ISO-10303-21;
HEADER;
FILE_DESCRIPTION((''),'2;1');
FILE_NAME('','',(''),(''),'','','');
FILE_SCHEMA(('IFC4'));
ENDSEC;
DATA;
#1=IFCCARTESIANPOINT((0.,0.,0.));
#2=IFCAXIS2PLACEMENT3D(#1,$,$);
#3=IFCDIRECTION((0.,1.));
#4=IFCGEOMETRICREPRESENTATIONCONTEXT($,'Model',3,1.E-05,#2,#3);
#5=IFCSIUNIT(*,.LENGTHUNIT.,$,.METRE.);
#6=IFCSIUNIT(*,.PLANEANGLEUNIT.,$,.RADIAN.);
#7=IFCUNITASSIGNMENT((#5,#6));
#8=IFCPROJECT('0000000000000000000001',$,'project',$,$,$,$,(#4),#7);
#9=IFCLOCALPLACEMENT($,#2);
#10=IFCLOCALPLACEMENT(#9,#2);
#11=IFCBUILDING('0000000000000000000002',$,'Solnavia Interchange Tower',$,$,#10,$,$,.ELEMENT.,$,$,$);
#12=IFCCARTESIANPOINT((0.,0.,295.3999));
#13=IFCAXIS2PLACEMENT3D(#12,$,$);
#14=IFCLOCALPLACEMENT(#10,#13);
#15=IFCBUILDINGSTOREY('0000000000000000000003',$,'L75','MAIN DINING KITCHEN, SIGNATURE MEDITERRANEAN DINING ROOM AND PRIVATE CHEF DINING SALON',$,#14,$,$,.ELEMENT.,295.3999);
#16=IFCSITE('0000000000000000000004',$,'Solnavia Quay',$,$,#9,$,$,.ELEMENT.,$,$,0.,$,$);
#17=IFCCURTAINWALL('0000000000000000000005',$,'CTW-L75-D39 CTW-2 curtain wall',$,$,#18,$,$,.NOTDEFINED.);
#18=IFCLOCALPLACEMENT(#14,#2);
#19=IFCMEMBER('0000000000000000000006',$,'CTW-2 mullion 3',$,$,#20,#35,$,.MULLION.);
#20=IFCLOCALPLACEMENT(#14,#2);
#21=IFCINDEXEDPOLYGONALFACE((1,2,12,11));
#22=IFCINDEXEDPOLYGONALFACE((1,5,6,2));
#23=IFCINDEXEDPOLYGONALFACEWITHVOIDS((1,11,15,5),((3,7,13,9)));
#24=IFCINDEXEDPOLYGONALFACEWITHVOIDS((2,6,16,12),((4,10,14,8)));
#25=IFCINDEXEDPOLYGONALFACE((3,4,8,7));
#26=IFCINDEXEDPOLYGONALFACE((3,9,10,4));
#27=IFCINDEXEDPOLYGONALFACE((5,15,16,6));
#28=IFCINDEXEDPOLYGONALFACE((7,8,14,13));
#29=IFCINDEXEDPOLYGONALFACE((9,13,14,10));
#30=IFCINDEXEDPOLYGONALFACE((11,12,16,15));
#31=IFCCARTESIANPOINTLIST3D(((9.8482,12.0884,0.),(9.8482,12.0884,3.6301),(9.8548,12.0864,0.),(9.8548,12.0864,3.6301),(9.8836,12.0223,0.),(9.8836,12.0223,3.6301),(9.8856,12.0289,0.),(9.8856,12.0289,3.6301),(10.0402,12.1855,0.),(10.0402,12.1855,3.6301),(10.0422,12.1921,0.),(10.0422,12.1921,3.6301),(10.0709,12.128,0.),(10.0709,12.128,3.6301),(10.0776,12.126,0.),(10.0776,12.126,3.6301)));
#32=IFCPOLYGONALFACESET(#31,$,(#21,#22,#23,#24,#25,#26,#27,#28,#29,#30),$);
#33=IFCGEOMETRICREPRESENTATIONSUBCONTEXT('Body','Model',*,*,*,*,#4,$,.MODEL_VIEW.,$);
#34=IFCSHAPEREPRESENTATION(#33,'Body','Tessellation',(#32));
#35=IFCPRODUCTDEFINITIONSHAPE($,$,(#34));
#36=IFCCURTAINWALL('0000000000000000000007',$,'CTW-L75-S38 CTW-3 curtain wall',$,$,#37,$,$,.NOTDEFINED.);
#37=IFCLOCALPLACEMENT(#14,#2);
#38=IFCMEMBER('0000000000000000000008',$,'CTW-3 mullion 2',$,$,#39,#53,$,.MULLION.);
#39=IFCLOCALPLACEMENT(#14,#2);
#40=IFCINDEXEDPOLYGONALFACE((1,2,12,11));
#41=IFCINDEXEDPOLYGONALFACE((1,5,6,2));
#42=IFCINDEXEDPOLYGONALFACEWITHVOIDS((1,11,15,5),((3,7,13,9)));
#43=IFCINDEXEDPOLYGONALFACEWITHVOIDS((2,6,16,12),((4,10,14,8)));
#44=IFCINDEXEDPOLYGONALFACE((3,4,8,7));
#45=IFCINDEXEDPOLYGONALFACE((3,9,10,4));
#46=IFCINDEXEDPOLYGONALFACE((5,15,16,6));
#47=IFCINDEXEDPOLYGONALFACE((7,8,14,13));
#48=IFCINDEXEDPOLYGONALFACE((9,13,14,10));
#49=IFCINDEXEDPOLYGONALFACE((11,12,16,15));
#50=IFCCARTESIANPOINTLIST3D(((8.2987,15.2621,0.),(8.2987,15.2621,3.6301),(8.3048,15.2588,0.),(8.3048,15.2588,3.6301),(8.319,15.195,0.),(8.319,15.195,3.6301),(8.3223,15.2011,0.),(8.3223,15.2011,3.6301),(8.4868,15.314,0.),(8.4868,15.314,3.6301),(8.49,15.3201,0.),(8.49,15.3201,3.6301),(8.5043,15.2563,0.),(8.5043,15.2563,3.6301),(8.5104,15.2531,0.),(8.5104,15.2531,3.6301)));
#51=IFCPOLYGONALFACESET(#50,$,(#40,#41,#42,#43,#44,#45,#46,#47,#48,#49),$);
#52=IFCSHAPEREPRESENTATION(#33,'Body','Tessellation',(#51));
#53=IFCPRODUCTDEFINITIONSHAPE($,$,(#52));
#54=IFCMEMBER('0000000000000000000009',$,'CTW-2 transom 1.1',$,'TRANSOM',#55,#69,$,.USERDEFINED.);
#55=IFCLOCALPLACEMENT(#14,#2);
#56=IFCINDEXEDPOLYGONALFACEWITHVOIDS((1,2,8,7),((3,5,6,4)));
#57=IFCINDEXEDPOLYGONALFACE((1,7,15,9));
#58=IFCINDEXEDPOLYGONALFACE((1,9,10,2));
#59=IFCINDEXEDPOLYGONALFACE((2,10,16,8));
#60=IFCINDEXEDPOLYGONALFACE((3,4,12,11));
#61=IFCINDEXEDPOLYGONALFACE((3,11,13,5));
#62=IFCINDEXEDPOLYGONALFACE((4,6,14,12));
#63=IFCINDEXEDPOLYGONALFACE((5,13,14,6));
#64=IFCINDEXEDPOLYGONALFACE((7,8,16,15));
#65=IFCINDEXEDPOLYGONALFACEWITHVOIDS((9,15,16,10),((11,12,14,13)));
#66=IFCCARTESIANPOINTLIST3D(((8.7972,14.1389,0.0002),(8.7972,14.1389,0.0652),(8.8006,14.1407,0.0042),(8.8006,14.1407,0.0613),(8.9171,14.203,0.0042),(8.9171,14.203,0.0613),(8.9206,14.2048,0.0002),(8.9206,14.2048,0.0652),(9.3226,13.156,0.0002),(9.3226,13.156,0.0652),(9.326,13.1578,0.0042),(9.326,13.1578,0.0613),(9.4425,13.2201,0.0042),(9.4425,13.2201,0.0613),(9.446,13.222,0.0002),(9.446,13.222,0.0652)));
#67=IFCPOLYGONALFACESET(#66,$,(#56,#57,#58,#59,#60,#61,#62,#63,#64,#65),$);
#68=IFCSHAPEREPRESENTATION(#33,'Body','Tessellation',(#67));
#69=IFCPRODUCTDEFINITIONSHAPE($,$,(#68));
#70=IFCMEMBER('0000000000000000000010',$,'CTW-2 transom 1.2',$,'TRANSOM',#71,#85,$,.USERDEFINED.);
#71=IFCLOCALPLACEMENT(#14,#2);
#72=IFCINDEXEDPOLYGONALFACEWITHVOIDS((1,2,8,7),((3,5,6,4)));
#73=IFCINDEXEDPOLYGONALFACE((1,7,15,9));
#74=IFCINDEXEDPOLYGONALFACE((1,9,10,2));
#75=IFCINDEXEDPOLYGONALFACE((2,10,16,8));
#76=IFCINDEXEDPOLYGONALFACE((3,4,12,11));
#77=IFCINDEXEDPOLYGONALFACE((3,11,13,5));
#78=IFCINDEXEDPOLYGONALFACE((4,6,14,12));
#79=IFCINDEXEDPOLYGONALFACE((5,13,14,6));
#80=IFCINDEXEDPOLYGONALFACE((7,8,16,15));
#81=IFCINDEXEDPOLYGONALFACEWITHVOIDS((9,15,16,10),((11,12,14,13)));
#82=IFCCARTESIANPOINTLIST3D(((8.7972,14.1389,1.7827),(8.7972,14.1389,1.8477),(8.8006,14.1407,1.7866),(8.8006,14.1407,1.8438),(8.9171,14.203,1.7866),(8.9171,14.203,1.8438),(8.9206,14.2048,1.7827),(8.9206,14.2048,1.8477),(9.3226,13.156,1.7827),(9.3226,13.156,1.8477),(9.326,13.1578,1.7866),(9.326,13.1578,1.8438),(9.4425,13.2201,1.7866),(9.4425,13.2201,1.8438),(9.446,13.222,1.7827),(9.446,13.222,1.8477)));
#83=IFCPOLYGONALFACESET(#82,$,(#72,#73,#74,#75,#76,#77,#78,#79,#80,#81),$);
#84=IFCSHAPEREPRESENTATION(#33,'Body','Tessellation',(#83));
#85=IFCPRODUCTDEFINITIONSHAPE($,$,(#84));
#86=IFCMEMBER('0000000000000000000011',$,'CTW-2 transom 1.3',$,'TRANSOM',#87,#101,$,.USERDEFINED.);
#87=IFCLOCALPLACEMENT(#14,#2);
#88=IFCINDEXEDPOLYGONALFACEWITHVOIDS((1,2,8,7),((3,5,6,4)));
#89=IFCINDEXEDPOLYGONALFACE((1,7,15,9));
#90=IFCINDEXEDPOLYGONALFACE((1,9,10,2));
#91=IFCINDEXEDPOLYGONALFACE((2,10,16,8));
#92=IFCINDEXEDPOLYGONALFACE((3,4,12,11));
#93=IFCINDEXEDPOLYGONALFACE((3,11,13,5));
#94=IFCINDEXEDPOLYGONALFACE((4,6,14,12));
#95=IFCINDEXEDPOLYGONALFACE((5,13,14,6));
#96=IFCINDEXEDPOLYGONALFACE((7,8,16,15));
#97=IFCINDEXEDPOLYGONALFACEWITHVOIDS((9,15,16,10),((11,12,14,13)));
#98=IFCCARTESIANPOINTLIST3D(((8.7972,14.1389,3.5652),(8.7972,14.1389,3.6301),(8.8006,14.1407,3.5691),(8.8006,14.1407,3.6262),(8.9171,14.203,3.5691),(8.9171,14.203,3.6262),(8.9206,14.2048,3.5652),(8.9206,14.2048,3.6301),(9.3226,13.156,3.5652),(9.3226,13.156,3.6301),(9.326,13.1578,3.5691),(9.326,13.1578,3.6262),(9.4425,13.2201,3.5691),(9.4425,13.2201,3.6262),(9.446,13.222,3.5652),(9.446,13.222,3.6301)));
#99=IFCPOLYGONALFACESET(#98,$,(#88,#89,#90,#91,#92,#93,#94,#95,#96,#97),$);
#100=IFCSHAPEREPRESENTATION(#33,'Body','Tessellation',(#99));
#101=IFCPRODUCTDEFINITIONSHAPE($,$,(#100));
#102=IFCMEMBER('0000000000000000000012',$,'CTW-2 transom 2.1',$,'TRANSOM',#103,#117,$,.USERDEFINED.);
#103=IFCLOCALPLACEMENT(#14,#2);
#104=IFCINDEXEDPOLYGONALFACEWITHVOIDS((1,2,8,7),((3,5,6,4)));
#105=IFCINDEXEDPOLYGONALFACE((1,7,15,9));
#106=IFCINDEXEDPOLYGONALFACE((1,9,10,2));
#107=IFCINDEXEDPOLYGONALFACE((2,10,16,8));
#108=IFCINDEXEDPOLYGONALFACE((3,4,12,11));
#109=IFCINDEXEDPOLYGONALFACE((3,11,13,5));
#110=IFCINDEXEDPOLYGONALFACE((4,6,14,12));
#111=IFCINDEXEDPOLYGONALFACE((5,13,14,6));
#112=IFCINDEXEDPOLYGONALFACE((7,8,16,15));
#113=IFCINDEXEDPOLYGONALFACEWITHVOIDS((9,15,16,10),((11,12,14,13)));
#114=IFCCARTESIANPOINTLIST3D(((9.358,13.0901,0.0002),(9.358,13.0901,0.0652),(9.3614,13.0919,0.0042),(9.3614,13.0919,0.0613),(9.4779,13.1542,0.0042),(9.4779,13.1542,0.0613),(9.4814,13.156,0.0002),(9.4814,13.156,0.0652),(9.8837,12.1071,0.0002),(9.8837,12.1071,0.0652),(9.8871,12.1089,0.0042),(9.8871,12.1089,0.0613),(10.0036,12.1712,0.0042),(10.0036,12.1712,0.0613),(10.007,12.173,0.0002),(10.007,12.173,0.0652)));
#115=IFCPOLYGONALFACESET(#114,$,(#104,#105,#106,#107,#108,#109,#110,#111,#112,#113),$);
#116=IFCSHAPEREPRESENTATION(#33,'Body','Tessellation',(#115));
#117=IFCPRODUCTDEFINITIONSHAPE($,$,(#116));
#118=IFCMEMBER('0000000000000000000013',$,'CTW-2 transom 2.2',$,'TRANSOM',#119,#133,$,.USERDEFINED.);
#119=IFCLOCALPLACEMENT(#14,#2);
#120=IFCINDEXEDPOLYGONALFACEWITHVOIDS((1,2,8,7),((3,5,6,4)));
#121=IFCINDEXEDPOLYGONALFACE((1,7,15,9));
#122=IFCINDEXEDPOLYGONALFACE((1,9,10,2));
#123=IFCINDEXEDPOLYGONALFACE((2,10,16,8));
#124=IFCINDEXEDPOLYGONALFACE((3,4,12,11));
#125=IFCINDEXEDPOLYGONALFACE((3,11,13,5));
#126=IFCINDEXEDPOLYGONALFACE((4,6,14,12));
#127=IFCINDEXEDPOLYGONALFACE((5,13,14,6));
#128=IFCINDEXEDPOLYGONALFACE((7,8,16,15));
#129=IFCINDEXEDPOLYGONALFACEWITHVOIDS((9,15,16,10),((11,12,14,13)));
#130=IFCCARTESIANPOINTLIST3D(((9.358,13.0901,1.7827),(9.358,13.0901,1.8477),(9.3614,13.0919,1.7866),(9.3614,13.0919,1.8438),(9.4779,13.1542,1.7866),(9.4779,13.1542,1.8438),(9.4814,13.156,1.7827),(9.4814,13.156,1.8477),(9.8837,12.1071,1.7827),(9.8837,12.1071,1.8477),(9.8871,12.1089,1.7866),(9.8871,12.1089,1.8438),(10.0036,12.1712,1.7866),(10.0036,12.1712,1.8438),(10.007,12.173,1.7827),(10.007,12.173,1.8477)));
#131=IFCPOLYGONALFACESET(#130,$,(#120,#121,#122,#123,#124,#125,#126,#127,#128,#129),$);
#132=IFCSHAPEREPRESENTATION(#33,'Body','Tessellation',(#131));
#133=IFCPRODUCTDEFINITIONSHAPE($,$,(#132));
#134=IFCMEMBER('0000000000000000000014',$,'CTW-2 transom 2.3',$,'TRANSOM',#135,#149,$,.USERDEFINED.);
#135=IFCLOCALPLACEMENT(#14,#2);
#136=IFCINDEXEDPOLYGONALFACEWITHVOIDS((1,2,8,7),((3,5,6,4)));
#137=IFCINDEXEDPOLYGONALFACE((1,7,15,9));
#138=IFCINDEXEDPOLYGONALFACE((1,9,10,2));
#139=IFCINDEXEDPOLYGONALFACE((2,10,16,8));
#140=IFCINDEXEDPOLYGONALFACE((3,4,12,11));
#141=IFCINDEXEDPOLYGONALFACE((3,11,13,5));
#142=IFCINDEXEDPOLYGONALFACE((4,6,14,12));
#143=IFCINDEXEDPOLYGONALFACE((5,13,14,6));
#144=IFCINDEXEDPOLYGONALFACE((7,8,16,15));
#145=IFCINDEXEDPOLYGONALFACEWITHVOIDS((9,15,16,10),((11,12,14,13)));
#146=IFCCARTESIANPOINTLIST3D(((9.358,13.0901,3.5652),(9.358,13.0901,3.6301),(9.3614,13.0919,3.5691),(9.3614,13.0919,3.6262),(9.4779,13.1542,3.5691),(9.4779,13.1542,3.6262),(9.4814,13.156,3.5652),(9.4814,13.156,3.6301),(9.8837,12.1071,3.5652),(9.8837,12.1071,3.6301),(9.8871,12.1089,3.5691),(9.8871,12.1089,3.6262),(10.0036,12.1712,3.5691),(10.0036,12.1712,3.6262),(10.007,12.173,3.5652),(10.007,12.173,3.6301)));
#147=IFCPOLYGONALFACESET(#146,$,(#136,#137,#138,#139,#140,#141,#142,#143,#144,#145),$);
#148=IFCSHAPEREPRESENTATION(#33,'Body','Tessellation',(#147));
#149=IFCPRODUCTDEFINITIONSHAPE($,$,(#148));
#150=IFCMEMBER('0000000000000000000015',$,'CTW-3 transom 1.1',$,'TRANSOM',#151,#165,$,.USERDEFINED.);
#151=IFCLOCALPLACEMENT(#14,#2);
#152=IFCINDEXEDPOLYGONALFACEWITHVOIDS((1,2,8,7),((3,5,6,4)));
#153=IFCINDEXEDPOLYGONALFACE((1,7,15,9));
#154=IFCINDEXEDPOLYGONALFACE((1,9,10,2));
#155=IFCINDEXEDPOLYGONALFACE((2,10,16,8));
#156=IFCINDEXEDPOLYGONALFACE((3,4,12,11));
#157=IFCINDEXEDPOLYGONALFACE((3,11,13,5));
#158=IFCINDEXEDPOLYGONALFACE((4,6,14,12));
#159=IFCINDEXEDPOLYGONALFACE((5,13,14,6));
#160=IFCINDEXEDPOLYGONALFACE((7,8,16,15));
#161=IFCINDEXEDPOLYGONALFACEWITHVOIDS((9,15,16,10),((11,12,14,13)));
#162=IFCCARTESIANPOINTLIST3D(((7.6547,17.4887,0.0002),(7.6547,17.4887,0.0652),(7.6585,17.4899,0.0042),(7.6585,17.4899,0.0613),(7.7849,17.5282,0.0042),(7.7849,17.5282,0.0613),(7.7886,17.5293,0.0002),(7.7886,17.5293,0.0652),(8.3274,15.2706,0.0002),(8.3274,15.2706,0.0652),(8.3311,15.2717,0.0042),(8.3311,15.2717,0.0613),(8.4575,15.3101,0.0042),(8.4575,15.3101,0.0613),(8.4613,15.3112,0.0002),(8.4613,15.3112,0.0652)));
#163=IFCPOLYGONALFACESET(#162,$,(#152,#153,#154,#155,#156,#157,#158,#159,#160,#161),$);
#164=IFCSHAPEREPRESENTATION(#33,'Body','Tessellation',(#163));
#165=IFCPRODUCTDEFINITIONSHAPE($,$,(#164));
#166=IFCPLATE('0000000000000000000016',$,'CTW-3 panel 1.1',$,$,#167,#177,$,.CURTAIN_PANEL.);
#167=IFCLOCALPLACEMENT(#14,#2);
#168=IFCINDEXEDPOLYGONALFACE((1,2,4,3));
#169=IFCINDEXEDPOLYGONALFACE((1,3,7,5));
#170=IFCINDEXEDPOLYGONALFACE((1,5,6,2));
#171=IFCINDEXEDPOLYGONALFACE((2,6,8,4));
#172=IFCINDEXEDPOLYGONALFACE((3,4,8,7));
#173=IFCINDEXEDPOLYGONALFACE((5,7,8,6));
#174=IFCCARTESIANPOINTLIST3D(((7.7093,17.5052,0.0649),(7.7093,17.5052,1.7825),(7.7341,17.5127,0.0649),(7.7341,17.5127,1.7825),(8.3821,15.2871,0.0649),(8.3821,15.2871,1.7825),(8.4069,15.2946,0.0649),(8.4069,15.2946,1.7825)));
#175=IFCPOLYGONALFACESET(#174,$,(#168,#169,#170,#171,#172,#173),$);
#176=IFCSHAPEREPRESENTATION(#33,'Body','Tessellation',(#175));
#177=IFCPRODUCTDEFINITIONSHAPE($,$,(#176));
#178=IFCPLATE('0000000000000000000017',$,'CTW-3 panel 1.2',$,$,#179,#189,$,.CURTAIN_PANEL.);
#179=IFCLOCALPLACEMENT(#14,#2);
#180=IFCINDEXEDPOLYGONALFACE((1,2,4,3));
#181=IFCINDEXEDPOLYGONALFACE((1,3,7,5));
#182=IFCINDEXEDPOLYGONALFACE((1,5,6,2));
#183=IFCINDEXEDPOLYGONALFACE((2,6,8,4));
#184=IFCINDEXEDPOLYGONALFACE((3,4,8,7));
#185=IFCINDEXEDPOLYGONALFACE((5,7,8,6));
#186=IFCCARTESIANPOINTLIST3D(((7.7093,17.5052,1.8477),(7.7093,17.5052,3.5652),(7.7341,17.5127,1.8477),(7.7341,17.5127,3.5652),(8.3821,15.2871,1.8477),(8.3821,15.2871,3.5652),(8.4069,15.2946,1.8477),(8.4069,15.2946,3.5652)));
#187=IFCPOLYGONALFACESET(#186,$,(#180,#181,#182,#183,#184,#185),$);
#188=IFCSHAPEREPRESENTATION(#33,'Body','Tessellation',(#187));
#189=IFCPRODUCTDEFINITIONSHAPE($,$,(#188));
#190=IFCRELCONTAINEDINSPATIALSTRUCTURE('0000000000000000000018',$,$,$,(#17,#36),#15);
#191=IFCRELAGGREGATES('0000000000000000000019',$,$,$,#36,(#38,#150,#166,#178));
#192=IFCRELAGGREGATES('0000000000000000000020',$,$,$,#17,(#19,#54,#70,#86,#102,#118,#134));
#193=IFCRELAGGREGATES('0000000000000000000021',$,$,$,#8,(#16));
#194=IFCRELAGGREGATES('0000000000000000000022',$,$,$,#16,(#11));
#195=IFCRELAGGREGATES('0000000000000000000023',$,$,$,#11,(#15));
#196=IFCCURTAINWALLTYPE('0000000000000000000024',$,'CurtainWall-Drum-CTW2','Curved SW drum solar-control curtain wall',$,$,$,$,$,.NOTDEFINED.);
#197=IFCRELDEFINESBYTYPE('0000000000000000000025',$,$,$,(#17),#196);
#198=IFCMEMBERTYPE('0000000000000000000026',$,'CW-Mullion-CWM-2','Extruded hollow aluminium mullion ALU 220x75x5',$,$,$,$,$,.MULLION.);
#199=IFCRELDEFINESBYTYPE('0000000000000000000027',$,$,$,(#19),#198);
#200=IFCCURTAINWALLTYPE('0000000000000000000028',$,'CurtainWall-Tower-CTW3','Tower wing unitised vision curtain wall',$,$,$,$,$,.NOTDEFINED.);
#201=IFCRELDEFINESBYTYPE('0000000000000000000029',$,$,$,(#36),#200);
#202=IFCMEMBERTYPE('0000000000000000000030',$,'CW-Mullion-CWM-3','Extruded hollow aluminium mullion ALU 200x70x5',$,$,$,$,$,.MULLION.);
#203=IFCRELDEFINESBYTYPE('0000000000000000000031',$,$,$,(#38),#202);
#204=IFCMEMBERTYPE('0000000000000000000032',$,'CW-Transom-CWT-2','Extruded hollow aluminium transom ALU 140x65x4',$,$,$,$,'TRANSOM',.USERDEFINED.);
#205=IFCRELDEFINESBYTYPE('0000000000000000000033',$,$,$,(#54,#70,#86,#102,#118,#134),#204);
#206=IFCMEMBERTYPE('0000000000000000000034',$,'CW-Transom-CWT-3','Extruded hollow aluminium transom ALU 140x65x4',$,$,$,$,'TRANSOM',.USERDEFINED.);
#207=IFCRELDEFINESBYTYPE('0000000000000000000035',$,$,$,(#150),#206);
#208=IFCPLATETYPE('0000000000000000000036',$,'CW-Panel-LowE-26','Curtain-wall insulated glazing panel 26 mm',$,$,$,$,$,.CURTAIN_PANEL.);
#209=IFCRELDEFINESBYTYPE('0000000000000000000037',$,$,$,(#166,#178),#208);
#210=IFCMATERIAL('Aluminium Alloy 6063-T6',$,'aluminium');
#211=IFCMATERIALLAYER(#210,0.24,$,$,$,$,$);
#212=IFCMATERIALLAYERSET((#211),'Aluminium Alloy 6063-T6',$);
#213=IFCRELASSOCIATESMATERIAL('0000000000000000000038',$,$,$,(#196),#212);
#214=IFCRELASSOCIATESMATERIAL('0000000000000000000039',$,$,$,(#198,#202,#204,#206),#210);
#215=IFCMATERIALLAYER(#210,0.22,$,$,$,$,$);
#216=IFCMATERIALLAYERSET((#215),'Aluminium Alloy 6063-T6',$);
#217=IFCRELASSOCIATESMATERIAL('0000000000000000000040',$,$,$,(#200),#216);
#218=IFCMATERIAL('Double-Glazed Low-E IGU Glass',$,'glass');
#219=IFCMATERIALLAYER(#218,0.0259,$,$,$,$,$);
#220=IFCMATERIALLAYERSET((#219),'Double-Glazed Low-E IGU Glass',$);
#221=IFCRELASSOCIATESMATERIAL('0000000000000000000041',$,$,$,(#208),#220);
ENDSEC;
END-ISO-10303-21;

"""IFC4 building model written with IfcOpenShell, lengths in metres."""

from ifc_helpers import new_model, si_unit, direction, frame, origin, origin_2d, place, context, subcontext, project, spatial, rectangle, hollow_rectangle, extrude, material, layer, layer_set, material_profile, profile_set, type_object, element, aggregate, save


model = new_model("IFC4")

# Units and contexts
model_context = context("Model", 3, precision=1e-05, world=origin(), true_north=direction((0.0, 1.0)))
body_context = subcontext(model_context, "Body", "Model", "MODEL_VIEW")
ifc_project = project(units=[si_unit("LENGTHUNIT", "METRE"), si_unit("PLANEANGLEUNIT", "RADIAN")], contexts=[model_context])

# Site, building, storey
site_placement = place(None, origin())
site = spatial("IfcSite", under=ifc_project, at=site_placement, Name="Solnavia Quay", CompositionType="ELEMENT", RefElevation=0.0)
building_placement = place(site_placement, origin())
building = spatial("IfcBuilding", under=site, at=building_placement, Name="Solnavia Interchange Tower", CompositionType="ELEMENT")
storey_placement = place(building_placement, frame((0.0, 0.0, 295.3999)))
storey = spatial("IfcBuildingStorey", under=building, at=storey_placement, Name="L75", Description="MAIN DINING KITCHEN, SIGNATURE MEDITERRANEAN DINING ROOM AND PRIVATE CHEF DINING SALON", CompositionType="ELEMENT", Elevation=295.3999)

# Curtain wall, member
ifc_material_1 = material(Name="Aluminium Alloy 6063-T6", Category="aluminium")
ifc_layer_1 = layer(ifc_material_1, 0.24)
ifc_layer_set_1 = layer_set([ifc_layer_1], Name="Aluminium Alloy 6063-T6")
curtain_wall_type_1 = type_object("IfcCurtainWallType", Name="CurtainWall-Drum-CTW2", Description="Curved SW drum solar-control curtain wall", PredefinedType="NOTDEFINED", material=ifc_layer_set_1)
curtain_wall_1_placement = place(storey_placement, origin())
curtain_wall_1 = element("IfcCurtainWall", 1, at=curtain_wall_1_placement, inside=storey, type_object=curtain_wall_type_1, Name="CTW-L75-D39 CTW-2 curtain wall", PredefinedType="NOTDEFINED")
ifc_material_profile_1 = material_profile(ifc_material_1, hollow_rectangle(XDim=0.075, YDim=0.22, WallThickness=0.0049, at=origin_2d()), Name="ALU 220x75x5")
ifc_profile_set_1 = profile_set([ifc_material_profile_1], Name="Aluminium Alloy 6063-T6")
member_type_1 = type_object("IfcMemberType", Name="CW-Mullion-CWM-2", Description="Extruded hollow aluminium mullion ALU 220x75x5", PredefinedType="MULLION", material=ifc_profile_set_1)
member_1_placement = place(storey_placement, frame((9.9629, 12.1072, 0.0), z_axis=(0.0, 0.0, 1.0), x_axis=(0.471561, -0.881834, 0.0)))
member_1 = element("IfcMember", 2, at=member_1_placement, type_object=member_type_1, Name="CTW-2 mullion 3", PredefinedType="MULLION", context=body_context, shape_type="SweptSolid", body=[
    extrude(hollow_rectangle(XDim=0.075, YDim=0.22, WallThickness=0.0049, at=origin_2d()), origin(), (0.0, 0.0, 1.0), 3.6301),
])

# Curtain wall, member
ifc_layer_2 = layer(ifc_material_1, 0.22)
ifc_layer_set_2 = layer_set([ifc_layer_2], Name="Aluminium Alloy 6063-T6")
curtain_wall_type_2 = type_object("IfcCurtainWallType", Name="CurtainWall-Tower-CTW3", Description="Tower wing unitised vision curtain wall", PredefinedType="NOTDEFINED", material=ifc_layer_set_2)
curtain_wall_2_placement = place(storey_placement, origin())
curtain_wall_2 = element("IfcCurtainWall", 3, at=curtain_wall_2_placement, inside=storey, type_object=curtain_wall_type_2, Name="CTW-L75-S38 CTW-3 curtain wall", PredefinedType="NOTDEFINED")
ifc_material_profile_2 = material_profile(ifc_material_1, hollow_rectangle(XDim=0.0701, YDim=0.2, WallThickness=0.0049, at=origin_2d()), Name="ALU 200x70x5")
ifc_profile_set_2 = profile_set([ifc_material_profile_2], Name="Aluminium Alloy 6063-T6")
member_type_2 = type_object("IfcMemberType", Name="CW-Mullion-CWM-3", Description="Extruded hollow aluminium mullion ALU 200x70x5", PredefinedType="MULLION", material=ifc_profile_set_2)
member_2_placement = place(storey_placement, frame((8.4045, 15.2576, 0.0), z_axis=(0.0, 0.0, 1.0), x_axis=(0.290258, -0.956948, 0.0)))
member_2 = element("IfcMember", 4, at=member_2_placement, type_object=member_type_2, Name="CTW-3 mullion 2", PredefinedType="MULLION", context=body_context, shape_type="SweptSolid", body=[
    extrude(hollow_rectangle(XDim=0.0701, YDim=0.2, WallThickness=0.0049, at=origin_2d()), origin(), (0.0, 0.0, 1.0), 3.6301),
])

# Members
ifc_material_profile_3 = material_profile(ifc_material_1, hollow_rectangle(XDim=0.0649, YDim=0.1399, WallThickness=0.0039, at=origin_2d()), Name="ALU 140x65x4")
ifc_profile_set_3 = profile_set([ifc_material_profile_3], Name="Aluminium Alloy 6063-T6")
member_type_3 = type_object("IfcMemberType", Name="CW-Transom-CWT-2", Description="Extruded hollow aluminium transom ALU 140x65x4", ElementType="TRANSOM", PredefinedType="USERDEFINED", material=ifc_profile_set_3)
member_3_placement = place(storey_placement, frame((8.8589, 14.1719, 0.0327), z_axis=(0.471407, -0.881916, 0.0), x_axis=(0.0, 0.0, 1.0)))
member_3 = element("IfcMember", 5, at=member_3_placement, type_object=member_type_3, Name="CTW-2 transom 1.1", ObjectType="TRANSOM", PredefinedType="USERDEFINED", context=body_context, shape_type="SweptSolid", body=[
    extrude(hollow_rectangle(XDim=0.0649, YDim=0.1399, WallThickness=0.0039, at=origin_2d()), origin(), (0.0, 0.0, 1.0), 1.1145),
])
member_4_placement = place(storey_placement, frame((8.8589, 14.1719, 1.8152), z_axis=(0.471407, -0.881916, 0.0), x_axis=(0.0, 0.0, 1.0)))
member_4 = element("IfcMember", 6, at=member_4_placement, type_object=member_type_3, Name="CTW-2 transom 1.2", ObjectType="TRANSOM", PredefinedType="USERDEFINED", context=body_context, shape_type="SweptSolid", body=[
    extrude(hollow_rectangle(XDim=0.0649, YDim=0.1399, WallThickness=0.0039, at=origin_2d()), origin(), (0.0, 0.0, 1.0), 1.1145),
])
member_5_placement = place(storey_placement, frame((8.8589, 14.1719, 3.5977), z_axis=(0.471407, -0.881916, 0.0), x_axis=(0.0, 0.0, 1.0)))
member_5 = element("IfcMember", 7, at=member_5_placement, type_object=member_type_3, Name="CTW-2 transom 1.3", ObjectType="TRANSOM", PredefinedType="USERDEFINED", context=body_context, shape_type="SweptSolid", body=[
    extrude(hollow_rectangle(XDim=0.0649, YDim=0.1399, WallThickness=0.0039, at=origin_2d()), origin(), (0.0, 0.0, 1.0), 1.1145),
])
member_6_placement = place(storey_placement, frame((9.4197, 13.123, 0.0327), z_axis=(0.471577, -0.881825, 0.0), x_axis=(0.0, 0.0, 1.0)))
member_6 = element("IfcMember", 8, at=member_6_placement, type_object=member_type_3, Name="CTW-2 transom 2.1", ObjectType="TRANSOM", PredefinedType="USERDEFINED", context=body_context, shape_type="SweptSolid", body=[
    extrude(hollow_rectangle(XDim=0.0649, YDim=0.1399, WallThickness=0.0039, at=origin_2d()), origin(), (0.0, 0.0, 1.0), 1.1147),
])
member_7_placement = place(storey_placement, frame((9.4197, 13.123, 1.8152), z_axis=(0.471577, -0.881825, 0.0), x_axis=(0.0, 0.0, 1.0)))
member_7 = element("IfcMember", 9, at=member_7_placement, type_object=member_type_3, Name="CTW-2 transom 2.2", ObjectType="TRANSOM", PredefinedType="USERDEFINED", context=body_context, shape_type="SweptSolid", body=[
    extrude(hollow_rectangle(XDim=0.0649, YDim=0.1399, WallThickness=0.0039, at=origin_2d()), origin(), (0.0, 0.0, 1.0), 1.1147),
])
member_8_placement = place(storey_placement, frame((9.4197, 13.123, 3.5977), z_axis=(0.471577, -0.881825, 0.0), x_axis=(0.0, 0.0, 1.0)))
member_8 = element("IfcMember", 10, at=member_8_placement, type_object=member_type_3, Name="CTW-2 transom 2.3", ObjectType="TRANSOM", PredefinedType="USERDEFINED", context=body_context, shape_type="SweptSolid", body=[
    extrude(hollow_rectangle(XDim=0.0649, YDim=0.1399, WallThickness=0.0039, at=origin_2d()), origin(), (0.0, 0.0, 1.0), 1.1147),
])
ifc_material_profile_4 = material_profile(ifc_material_1, hollow_rectangle(XDim=0.0649, YDim=0.1399, WallThickness=0.0039, at=origin_2d()), Name="ALU 140x65x4")
ifc_profile_set_4 = profile_set([ifc_material_profile_4], Name="Aluminium Alloy 6063-T6")
member_type_4 = type_object("IfcMemberType", Name="CW-Transom-CWT-3", Description="Extruded hollow aluminium transom ALU 140x65x4", ElementType="TRANSOM", PredefinedType="USERDEFINED", material=ifc_profile_set_4)
member_9_placement = place(storey_placement, frame((7.7217, 17.509, 0.0327), z_axis=(0.290197, -0.956967, 0.0), x_axis=(0.0, 0.0, 1.0)))
member_9 = element("IfcMember", 11, at=member_9_placement, type_object=member_type_4, Name="CTW-3 transom 1.1", ObjectType="TRANSOM", PredefinedType="USERDEFINED", context=body_context, shape_type="SweptSolid", body=[
    extrude(hollow_rectangle(XDim=0.0649, YDim=0.1399, WallThickness=0.0039, at=origin_2d()), origin(), (0.0, 0.0, 1.0), 2.3179),
])

# Plates
ifc_material_2 = material(Name="Double-Glazed Low-E IGU Glass", Category="glass")
ifc_layer_3 = layer(ifc_material_2, 0.0259)
ifc_layer_set_3 = layer_set([ifc_layer_3], Name="Double-Glazed Low-E IGU Glass")
plate_type_1 = type_object("IfcPlateType", Name="CW-Panel-LowE-26", Description="Curtain-wall insulated glazing panel 26 mm", PredefinedType="CURTAIN_PANEL", material=ifc_layer_set_3)
plate_1_placement = place(storey_placement, frame((8.0581, 16.3999, 0.0649), z_axis=(0.0, 0.0, 1.0), x_axis=(0.290258, -0.956948, 0.0)))
plate_1 = element("IfcPlate", 12, at=plate_1_placement, type_object=plate_type_1, Name="CTW-3 panel 1.1", PredefinedType="CURTAIN_PANEL", context=body_context, shape_type="SweptSolid", body=[
    extrude(rectangle(XDim=2.3179, YDim=0.0259, at=origin_2d()), origin(), (0.0, 0.0, 1.0), 1.7175),
])
plate_2_placement = place(storey_placement, frame((8.0581, 16.3999, 1.8477), z_axis=(0.0, 0.0, 1.0), x_axis=(0.290258, -0.956948, 0.0)))
plate_2 = element("IfcPlate", 13, at=plate_2_placement, type_object=plate_type_1, Name="CTW-3 panel 1.2", PredefinedType="CURTAIN_PANEL", context=body_context, shape_type="SweptSolid", body=[
    extrude(rectangle(XDim=2.3179, YDim=0.0259, at=origin_2d()), origin(), (0.0, 0.0, 1.0), 1.7175),
])
aggregate(curtain_wall_2, [member_2, member_9, plate_1, plate_2])
aggregate(curtain_wall_1, [member_1, member_3, member_4, member_5, member_6, member_7, member_8])

save(model, "model.ifc")
